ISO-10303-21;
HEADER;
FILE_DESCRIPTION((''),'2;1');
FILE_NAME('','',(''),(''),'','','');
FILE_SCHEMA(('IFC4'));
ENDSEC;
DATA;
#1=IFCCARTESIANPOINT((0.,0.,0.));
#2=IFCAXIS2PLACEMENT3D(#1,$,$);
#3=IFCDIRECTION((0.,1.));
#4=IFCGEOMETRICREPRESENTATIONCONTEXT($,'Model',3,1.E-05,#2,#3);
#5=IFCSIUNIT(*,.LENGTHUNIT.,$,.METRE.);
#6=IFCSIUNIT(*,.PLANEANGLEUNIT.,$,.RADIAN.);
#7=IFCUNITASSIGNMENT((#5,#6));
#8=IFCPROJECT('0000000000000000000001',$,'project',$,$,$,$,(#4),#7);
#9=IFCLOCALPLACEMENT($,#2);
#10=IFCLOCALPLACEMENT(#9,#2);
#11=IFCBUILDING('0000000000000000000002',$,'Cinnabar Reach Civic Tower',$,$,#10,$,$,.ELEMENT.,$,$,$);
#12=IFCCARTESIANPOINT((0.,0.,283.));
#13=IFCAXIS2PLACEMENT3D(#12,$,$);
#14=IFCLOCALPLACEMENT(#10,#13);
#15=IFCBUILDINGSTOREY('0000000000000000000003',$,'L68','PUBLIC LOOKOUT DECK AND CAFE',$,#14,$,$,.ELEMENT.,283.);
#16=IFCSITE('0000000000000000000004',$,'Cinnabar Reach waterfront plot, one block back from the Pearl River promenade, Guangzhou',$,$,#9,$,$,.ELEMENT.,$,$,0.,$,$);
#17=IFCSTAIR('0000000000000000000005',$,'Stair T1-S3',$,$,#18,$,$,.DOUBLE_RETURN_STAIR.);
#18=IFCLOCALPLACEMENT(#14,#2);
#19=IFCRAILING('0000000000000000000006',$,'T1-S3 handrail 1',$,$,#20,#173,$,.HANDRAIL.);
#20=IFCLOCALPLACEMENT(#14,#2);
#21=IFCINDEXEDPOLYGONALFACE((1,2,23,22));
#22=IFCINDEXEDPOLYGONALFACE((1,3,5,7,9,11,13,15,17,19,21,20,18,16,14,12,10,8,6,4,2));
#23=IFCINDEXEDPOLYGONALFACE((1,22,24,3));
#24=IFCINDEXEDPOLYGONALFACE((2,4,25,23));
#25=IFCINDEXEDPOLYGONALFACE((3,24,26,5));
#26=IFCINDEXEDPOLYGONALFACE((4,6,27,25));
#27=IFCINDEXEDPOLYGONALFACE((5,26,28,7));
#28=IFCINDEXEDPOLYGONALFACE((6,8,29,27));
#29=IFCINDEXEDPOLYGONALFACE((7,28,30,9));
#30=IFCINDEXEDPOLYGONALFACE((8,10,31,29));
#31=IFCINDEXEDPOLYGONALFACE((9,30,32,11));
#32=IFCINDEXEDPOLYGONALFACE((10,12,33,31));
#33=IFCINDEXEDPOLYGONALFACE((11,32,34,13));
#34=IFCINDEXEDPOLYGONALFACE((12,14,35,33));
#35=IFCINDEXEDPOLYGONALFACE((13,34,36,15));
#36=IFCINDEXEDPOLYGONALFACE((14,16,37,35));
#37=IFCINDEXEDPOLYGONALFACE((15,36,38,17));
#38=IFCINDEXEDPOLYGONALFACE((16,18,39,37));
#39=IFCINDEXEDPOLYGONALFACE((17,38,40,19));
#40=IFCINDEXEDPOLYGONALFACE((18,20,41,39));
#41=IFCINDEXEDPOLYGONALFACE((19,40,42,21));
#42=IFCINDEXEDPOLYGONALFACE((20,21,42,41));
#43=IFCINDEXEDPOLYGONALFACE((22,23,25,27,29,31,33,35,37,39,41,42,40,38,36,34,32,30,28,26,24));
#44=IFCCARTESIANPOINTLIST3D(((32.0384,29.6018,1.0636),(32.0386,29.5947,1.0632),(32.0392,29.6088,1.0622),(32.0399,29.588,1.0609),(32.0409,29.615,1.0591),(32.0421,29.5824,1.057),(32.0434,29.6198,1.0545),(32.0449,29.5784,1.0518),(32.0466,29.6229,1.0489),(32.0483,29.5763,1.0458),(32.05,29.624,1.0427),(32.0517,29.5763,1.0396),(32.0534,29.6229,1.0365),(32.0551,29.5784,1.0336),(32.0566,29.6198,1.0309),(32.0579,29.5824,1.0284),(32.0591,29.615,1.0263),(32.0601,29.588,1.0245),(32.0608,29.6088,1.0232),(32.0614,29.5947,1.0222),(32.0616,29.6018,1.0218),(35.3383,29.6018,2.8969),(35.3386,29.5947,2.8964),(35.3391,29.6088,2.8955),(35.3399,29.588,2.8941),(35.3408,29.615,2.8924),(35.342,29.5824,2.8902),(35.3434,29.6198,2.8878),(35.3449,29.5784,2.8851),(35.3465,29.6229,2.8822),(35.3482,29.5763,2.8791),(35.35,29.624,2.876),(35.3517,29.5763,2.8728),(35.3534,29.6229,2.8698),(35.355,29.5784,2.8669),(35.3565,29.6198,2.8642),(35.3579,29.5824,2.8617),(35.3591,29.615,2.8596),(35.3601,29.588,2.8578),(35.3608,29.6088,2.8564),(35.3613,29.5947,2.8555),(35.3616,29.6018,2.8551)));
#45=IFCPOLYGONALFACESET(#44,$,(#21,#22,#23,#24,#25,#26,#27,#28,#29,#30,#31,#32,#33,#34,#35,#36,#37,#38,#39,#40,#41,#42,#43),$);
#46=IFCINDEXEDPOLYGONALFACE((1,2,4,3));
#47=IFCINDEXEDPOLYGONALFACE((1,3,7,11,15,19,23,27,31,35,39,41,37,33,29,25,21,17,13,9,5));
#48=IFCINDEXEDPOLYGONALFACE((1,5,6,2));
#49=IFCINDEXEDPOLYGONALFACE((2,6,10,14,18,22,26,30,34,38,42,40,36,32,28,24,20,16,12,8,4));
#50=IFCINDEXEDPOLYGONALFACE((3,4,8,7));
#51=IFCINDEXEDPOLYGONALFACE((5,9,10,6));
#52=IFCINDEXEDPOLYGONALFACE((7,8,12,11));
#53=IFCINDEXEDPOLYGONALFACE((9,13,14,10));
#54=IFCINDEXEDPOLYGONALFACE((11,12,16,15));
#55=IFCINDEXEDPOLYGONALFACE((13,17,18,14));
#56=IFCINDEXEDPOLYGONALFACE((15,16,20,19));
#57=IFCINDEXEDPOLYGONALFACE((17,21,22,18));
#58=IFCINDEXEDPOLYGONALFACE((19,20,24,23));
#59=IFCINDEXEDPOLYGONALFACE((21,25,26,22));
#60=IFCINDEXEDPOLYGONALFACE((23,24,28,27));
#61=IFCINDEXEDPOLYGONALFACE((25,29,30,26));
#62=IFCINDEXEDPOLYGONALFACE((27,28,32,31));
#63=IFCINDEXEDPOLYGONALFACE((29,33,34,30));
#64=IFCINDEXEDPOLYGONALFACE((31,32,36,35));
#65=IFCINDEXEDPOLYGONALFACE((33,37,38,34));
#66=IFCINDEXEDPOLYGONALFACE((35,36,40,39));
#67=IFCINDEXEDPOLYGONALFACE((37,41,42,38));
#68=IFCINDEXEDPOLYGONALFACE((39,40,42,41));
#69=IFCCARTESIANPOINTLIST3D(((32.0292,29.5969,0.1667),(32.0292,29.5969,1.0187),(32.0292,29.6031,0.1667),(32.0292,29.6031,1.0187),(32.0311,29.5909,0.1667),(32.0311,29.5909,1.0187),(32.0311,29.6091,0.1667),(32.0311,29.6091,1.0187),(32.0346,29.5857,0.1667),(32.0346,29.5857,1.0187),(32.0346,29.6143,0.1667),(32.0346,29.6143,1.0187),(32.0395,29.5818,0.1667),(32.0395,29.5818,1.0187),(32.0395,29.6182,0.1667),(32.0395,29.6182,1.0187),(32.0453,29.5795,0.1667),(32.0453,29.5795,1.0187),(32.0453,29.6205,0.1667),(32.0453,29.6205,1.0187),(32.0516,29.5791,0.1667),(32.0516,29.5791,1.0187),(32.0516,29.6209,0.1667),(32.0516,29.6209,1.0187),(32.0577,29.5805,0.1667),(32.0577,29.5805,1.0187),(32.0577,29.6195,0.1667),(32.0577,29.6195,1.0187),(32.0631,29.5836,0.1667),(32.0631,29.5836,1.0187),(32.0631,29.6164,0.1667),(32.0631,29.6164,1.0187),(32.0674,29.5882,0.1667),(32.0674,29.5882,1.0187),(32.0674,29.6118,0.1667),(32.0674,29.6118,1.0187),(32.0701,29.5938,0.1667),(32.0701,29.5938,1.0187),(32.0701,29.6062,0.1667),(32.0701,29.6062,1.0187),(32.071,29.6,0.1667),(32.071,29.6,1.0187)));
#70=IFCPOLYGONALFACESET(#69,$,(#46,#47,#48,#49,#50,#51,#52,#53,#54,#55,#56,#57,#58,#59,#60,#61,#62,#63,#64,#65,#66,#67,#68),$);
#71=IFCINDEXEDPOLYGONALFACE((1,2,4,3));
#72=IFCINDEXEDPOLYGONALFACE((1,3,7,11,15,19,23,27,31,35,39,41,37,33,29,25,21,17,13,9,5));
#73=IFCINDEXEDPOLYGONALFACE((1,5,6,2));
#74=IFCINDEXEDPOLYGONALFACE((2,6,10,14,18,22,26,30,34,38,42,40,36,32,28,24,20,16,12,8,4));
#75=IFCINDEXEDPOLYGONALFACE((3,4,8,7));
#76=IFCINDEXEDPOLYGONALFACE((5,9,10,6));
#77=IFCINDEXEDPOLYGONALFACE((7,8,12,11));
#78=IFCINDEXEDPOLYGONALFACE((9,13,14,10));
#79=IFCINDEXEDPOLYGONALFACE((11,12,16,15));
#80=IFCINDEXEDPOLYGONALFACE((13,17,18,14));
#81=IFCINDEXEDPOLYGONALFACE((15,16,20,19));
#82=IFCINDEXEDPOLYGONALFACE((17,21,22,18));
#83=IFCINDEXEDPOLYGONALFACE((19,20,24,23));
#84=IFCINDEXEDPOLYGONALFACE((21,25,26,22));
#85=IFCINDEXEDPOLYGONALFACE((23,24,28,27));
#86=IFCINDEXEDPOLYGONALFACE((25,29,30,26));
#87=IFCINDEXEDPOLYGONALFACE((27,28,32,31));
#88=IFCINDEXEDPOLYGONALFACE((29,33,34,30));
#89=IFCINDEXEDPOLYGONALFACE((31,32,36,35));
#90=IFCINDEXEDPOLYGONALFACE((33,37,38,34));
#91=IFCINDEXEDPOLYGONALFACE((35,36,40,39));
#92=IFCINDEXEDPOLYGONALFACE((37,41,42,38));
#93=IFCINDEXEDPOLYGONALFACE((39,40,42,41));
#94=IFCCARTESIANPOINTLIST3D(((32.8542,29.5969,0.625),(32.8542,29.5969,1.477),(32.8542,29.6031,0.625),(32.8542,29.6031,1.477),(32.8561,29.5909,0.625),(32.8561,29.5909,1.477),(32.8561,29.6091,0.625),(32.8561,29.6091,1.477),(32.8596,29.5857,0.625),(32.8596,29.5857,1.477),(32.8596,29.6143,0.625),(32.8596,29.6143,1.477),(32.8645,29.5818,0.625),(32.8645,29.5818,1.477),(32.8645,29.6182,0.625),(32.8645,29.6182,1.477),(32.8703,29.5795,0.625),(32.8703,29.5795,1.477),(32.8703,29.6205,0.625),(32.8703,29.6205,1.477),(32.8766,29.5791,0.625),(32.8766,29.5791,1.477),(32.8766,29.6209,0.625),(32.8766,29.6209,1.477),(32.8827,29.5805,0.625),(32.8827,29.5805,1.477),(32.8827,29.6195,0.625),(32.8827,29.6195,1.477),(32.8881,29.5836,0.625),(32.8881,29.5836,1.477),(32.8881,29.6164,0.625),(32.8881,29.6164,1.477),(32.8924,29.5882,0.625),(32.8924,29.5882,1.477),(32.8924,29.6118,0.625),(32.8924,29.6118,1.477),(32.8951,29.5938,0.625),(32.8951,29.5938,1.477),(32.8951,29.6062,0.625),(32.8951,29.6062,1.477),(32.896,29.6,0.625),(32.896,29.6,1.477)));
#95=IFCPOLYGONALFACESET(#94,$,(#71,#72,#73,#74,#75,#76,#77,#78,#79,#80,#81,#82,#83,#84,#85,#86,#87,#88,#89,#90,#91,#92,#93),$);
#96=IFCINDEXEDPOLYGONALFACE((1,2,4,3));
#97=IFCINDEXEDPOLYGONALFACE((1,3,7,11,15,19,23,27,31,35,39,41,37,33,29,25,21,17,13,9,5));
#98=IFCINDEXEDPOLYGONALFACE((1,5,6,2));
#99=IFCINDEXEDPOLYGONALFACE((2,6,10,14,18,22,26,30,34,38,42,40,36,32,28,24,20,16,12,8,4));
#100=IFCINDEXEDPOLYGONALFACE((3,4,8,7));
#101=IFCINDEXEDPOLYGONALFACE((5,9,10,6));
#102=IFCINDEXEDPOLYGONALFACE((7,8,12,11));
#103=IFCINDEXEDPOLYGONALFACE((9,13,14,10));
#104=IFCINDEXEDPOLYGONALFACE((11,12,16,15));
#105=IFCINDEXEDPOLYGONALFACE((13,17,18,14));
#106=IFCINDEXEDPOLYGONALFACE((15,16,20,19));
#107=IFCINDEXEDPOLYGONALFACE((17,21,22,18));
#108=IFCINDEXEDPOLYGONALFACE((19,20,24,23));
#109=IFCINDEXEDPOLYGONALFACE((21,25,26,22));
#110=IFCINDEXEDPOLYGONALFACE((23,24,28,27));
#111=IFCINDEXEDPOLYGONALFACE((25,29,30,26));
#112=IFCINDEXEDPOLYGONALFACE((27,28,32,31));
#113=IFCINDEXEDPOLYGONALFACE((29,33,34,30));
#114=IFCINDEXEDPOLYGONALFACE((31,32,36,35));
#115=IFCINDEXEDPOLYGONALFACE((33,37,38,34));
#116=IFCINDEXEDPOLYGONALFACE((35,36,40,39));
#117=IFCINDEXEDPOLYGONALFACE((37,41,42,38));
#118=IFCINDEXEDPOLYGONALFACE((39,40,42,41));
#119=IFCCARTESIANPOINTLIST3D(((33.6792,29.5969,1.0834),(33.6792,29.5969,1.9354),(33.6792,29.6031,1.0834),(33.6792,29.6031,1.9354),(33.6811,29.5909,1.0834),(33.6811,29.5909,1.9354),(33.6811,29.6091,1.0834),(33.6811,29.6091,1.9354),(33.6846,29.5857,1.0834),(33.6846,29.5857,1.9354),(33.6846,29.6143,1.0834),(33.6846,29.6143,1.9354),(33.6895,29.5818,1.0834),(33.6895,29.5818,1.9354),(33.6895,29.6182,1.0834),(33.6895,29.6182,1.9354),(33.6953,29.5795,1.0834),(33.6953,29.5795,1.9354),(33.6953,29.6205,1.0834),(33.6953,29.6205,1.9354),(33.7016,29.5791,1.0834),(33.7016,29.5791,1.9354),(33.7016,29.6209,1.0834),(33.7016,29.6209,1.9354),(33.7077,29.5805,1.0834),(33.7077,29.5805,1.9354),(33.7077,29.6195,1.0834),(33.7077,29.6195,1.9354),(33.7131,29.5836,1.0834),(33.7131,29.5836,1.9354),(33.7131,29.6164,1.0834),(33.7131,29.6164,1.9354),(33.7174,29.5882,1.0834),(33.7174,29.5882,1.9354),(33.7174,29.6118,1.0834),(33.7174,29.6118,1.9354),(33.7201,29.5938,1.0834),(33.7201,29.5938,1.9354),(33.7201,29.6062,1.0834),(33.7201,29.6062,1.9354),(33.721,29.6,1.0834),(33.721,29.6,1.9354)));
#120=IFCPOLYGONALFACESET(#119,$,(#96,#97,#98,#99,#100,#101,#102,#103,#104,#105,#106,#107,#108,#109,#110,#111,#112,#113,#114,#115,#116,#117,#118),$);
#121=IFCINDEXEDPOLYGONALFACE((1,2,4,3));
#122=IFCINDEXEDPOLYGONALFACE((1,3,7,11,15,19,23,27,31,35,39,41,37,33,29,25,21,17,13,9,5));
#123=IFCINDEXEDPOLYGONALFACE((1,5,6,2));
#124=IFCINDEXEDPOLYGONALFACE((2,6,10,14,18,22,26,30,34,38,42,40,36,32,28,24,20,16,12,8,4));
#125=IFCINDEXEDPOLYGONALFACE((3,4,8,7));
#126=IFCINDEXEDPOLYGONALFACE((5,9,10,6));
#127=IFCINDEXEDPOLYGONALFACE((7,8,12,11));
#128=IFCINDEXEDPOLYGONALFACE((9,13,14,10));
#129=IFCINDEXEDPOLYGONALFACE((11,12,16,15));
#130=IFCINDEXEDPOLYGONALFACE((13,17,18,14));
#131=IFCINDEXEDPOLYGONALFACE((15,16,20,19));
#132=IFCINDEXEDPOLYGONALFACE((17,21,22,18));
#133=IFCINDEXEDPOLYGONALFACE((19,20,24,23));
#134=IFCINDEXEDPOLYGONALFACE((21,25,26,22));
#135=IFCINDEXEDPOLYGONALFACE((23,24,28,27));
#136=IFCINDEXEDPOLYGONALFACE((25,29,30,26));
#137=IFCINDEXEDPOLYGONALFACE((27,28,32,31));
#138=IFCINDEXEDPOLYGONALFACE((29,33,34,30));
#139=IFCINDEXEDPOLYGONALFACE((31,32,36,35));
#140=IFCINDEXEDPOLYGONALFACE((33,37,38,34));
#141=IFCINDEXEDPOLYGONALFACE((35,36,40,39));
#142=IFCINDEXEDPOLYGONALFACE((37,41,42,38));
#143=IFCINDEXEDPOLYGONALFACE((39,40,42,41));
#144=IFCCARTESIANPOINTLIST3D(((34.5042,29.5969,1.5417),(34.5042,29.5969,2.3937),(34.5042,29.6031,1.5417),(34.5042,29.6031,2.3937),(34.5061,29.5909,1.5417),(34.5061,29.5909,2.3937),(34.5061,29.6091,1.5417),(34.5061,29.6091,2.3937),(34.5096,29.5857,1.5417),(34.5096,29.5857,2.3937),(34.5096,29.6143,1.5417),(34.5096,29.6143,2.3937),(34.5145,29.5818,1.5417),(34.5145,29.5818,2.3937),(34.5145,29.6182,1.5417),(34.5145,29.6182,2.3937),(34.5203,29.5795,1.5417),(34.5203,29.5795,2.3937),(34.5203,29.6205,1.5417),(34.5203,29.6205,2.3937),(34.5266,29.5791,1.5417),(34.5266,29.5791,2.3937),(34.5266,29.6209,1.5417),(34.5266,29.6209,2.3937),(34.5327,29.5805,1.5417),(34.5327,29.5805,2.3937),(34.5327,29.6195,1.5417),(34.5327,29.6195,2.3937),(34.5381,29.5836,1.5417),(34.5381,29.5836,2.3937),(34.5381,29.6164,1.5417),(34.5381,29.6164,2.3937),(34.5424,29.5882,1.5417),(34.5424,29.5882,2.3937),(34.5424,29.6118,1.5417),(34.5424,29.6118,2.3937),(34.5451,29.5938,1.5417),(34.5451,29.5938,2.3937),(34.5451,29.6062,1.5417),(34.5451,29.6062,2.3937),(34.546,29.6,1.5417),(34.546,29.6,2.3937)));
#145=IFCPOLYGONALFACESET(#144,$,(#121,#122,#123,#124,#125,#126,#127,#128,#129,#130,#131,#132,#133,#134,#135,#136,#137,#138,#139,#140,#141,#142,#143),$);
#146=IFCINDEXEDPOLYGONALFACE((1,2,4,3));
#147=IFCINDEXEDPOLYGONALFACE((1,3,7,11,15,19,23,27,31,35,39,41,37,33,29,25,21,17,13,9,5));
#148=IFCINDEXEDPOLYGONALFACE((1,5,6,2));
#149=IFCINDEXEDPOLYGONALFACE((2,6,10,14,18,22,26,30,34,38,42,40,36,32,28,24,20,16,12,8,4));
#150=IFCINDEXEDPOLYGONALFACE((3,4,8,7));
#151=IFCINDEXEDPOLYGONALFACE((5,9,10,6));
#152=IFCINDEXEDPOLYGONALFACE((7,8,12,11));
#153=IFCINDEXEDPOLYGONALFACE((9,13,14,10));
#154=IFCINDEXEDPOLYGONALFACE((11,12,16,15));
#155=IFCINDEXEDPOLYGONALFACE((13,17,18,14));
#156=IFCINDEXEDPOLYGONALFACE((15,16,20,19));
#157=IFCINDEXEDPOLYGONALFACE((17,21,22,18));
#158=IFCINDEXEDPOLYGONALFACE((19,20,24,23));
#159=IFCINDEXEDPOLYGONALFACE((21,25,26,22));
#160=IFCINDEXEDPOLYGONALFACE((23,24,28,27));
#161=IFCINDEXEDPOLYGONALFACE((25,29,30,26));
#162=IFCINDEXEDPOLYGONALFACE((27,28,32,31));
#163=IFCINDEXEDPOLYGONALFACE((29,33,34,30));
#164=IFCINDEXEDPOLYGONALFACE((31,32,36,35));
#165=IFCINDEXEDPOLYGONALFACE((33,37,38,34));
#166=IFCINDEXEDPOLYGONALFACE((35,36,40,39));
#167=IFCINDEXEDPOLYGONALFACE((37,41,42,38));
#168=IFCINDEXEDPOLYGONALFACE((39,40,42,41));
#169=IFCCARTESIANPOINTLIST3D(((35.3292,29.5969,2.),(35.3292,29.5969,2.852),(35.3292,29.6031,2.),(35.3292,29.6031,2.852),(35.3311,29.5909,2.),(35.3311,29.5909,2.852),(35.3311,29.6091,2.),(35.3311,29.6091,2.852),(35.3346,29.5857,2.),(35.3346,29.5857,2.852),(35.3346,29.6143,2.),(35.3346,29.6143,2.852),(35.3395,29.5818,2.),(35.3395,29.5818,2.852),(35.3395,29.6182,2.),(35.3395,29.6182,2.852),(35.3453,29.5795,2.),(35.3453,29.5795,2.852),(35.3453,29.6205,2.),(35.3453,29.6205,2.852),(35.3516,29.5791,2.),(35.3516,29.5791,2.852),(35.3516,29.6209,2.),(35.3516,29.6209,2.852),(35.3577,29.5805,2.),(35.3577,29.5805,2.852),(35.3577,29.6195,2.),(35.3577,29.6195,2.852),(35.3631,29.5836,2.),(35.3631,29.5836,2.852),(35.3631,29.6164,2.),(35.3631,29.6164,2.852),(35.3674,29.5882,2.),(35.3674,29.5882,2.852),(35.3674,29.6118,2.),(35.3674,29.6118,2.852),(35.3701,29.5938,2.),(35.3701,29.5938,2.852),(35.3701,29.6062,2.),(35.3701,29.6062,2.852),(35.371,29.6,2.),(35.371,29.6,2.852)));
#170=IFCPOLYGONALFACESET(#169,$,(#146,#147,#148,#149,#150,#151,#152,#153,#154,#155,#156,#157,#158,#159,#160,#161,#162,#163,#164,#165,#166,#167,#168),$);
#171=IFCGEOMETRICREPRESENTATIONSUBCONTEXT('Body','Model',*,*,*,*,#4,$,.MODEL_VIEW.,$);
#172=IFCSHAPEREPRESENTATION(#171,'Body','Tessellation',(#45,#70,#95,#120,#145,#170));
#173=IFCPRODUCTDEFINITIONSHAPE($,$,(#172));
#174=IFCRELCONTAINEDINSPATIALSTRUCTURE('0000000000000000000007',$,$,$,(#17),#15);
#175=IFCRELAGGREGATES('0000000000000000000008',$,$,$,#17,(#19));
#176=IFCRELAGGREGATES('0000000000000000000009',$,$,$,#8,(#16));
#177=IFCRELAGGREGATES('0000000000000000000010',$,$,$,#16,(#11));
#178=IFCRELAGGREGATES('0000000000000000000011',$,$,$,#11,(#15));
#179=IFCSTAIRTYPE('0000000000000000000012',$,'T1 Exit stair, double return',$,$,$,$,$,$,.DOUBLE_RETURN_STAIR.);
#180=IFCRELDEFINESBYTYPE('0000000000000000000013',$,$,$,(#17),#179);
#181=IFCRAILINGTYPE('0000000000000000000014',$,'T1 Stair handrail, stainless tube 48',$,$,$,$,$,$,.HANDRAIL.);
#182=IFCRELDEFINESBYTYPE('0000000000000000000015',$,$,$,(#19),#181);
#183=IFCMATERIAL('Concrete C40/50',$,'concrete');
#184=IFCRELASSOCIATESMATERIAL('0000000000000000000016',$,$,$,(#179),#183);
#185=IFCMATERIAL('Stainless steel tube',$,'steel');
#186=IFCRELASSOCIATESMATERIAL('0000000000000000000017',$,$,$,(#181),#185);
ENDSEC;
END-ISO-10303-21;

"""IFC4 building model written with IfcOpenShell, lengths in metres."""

from ifc_helpers import new_model, si_unit, direction, frame, origin, origin_2d, place, context, subcontext, project, spatial, circle, extrude, material, type_object, element, aggregate, save


model = new_model("IFC4")

# Units and contexts
model_context = context("Model", 3, precision=1e-05, world=origin(), true_north=direction((0.0, 1.0)))
body_context = subcontext(model_context, "Body", "Model", "MODEL_VIEW")
ifc_project = project(units=[si_unit("LENGTHUNIT", "METRE"), si_unit("PLANEANGLEUNIT", "RADIAN")], contexts=[model_context])

# Site, building, storey
site_placement = place(None, origin())
site = spatial("IfcSite", under=ifc_project, at=site_placement, Name="Cinnabar Reach waterfront plot, one block back from the Pearl River promenade, Guangzhou", CompositionType="ELEMENT", RefElevation=0.0)
building_placement = place(site_placement, origin())
building = spatial("IfcBuilding", under=site, at=building_placement, Name="Cinnabar Reach Civic Tower", CompositionType="ELEMENT")
storey_placement = place(building_placement, frame((0.0, 0.0, 283.0)))
storey = spatial("IfcBuildingStorey", under=building, at=storey_placement, Name="L68", Description="PUBLIC LOOKOUT DECK AND CAFE", CompositionType="ELEMENT", Elevation=283.0)

# Stair, railing
ifc_material_1 = material(Name="Concrete C40/50", Category="concrete")
stair_type = type_object("IfcStairType", Name="T1 Exit stair, double return", PredefinedType="DOUBLE_RETURN_STAIR", material=ifc_material_1)
stair_placement = place(storey_placement, origin())
stair = element("IfcStair", 1, at=stair_placement, inside=storey, type_object=stair_type, Name="Stair T1-S3", PredefinedType="DOUBLE_RETURN_STAIR")
ifc_material_2 = material(Name="Stainless steel tube", Category="steel")
railing_type = type_object("IfcRailingType", Name="T1 Stair handrail, stainless tube 48", PredefinedType="HANDRAIL", material=ifc_material_2)
railing_1_placement = place(storey_placement, frame((32.05, 29.6, 0.1667)))
railing_1 = element("IfcRailing", 2, at=railing_1_placement, type_object=railing_type, Name="T1-S3 handrail 1", PredefinedType="HANDRAIL", context=body_context, shape_type="SweptSolid", body=[
    extrude(circle(Radius=0.024, at=origin_2d()), frame((0.0, 0.0, 0.876), z_axis=(0.874161, 0.0, 0.485636), x_axis=(0.0, 1.0, 0.0)), (0.0, 0.0, 1.0), 3.775),
    extrude(circle(Radius=0.021, at=origin_2d()), origin(), (0.0, 0.0, 1.0), 0.852),
    extrude(circle(Radius=0.021, at=origin_2d()), frame((0.825, 0.0, 0.4583)), (0.0, 0.0, 1.0), 0.852),
    extrude(circle(Radius=0.021, at=origin_2d()), frame((1.65, 0.0, 0.9167)), (0.0, 0.0, 1.0), 0.852),
    extrude(circle(Radius=0.021, at=origin_2d()), frame((2.475, 0.0, 1.375)), (0.0, 0.0, 1.0), 0.852),
    extrude(circle(Radius=0.021, at=origin_2d()), frame((3.3, 0.0, 1.8333)), (0.0, 0.0, 1.0), 0.852),
])
aggregate(stair, [railing_1])

save(model, "model.ifc")
